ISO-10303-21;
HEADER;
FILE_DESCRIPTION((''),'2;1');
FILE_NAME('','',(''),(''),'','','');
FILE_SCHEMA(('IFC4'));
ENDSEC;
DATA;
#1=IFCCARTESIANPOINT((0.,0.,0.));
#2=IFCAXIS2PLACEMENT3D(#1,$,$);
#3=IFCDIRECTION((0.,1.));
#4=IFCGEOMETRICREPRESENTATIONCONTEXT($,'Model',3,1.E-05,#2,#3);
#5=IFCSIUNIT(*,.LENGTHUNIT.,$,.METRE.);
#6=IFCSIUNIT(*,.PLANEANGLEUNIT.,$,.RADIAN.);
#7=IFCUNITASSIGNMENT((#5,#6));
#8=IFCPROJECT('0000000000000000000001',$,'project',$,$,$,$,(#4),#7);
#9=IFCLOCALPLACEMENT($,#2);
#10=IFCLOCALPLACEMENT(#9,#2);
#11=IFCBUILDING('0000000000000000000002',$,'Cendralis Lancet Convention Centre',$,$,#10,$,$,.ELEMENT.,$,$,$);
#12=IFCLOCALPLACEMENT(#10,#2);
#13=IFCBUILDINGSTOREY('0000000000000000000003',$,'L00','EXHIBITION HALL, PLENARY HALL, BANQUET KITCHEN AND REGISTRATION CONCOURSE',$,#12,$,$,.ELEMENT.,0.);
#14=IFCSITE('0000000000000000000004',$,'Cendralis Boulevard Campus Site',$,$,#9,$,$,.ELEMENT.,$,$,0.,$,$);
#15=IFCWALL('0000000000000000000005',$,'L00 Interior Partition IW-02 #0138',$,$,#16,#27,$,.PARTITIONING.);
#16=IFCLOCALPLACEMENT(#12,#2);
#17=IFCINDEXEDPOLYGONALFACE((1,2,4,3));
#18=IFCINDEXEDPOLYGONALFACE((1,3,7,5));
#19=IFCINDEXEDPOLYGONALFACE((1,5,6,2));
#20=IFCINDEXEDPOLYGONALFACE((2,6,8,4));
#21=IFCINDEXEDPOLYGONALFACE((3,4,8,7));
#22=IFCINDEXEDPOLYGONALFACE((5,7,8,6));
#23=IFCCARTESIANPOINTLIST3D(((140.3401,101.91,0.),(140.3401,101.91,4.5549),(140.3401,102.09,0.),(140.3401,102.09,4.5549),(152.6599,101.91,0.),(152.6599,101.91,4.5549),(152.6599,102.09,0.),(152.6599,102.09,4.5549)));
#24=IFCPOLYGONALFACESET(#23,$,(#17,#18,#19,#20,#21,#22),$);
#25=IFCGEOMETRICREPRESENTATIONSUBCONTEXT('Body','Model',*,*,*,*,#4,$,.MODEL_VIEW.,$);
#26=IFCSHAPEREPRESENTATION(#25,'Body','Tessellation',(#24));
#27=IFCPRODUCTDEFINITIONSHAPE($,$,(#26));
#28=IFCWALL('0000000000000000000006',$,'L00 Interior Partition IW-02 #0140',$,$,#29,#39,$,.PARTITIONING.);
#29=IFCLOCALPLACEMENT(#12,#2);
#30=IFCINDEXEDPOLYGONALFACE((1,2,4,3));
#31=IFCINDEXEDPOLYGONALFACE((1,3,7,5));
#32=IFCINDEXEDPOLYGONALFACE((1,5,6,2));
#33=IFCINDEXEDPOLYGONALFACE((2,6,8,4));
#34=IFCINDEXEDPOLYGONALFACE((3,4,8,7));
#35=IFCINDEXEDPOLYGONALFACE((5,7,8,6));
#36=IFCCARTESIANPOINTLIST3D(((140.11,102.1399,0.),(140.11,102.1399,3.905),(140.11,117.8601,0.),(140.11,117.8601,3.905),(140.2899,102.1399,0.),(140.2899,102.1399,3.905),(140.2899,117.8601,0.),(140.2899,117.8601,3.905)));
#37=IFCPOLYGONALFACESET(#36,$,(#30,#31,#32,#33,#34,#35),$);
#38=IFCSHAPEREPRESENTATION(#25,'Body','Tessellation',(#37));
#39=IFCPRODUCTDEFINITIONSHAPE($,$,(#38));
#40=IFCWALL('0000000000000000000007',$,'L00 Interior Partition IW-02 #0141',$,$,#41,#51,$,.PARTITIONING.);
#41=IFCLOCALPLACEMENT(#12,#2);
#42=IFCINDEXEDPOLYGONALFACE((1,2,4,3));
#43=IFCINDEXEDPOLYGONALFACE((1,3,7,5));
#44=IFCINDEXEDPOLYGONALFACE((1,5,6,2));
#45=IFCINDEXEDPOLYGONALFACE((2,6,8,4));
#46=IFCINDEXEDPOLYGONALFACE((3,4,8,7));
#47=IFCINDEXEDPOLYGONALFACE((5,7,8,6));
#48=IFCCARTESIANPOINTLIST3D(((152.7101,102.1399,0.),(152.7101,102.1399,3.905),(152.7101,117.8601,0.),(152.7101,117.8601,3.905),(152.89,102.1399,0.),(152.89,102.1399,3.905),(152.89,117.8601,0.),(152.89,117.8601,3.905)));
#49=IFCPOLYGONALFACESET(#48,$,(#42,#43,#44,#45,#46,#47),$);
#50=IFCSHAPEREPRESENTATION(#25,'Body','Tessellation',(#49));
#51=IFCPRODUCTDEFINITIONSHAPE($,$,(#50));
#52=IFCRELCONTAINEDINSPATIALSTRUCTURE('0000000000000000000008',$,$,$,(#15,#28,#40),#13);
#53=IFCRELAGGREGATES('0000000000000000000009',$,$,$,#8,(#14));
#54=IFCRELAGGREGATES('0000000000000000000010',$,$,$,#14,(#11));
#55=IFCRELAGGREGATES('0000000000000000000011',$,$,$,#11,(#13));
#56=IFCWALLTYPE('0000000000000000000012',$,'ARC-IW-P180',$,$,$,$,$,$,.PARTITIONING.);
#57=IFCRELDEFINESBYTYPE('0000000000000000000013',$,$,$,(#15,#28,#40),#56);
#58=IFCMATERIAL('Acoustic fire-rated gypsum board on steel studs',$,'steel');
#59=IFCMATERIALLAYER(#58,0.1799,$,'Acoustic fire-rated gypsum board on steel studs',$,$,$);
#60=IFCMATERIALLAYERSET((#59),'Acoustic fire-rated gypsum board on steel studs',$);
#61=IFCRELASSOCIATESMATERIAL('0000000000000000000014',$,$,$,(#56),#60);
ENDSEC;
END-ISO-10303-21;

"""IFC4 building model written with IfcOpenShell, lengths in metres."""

from ifc_helpers import new_model, si_unit, direction, frame, frame_2d, origin, place, context, subcontext, project, spatial, rectangle, extrude, material, layer, layer_set, type_object, element, save


model = new_model("IFC4")

# Units and contexts
model_context = context("Model", 3, precision=1e-05, world=origin(), true_north=direction((0.0, 1.0)))
body_context = subcontext(model_context, "Body", "Model", "MODEL_VIEW")
ifc_project = project(units=[si_unit("LENGTHUNIT", "METRE"), si_unit("PLANEANGLEUNIT", "RADIAN")], contexts=[model_context])

# Site, building, storey
site_placement = place(None, origin())
site = spatial("IfcSite", under=ifc_project, at=site_placement, Name="Cendralis Boulevard Campus Site", CompositionType="ELEMENT", RefElevation=0.0)
building_placement = place(site_placement, origin())
building = spatial("IfcBuilding", under=site, at=building_placement, Name="Cendralis Lancet Convention Centre", CompositionType="ELEMENT")
storey_placement = place(building_placement, origin())
storey = spatial("IfcBuildingStorey", under=building, at=storey_placement, Name="L00", Description="EXHIBITION HALL, PLENARY HALL, BANQUET KITCHEN AND REGISTRATION CONCOURSE", CompositionType="ELEMENT", Elevation=0.0)

# Shared definitions
ifc_material_1 = material(Name="Acoustic fire-rated gypsum board on steel studs", Category="steel")

# Walls
ifc_layer_1 = layer(ifc_material_1, 0.1799, Name="Acoustic fire-rated gypsum board on steel studs")
ifc_layer_set_1 = layer_set([ifc_layer_1], Name="Acoustic fire-rated gypsum board on steel studs")
wall_type_1 = type_object("IfcWallType", Name="ARC-IW-P180", PredefinedType="PARTITIONING", material=ifc_layer_set_1)
wall_1_placement = place(storey_placement, frame((140.3401, 102.0, 0.0), z_axis=(0.0, 0.0, 1.0), x_axis=(1.0, 0.0, 0.0)))
element("IfcWall", 1, at=wall_1_placement, inside=storey, type_object=wall_type_1, Name="L00 Interior Partition IW-02 #0138", PredefinedType="PARTITIONING", context=body_context, shape_type="SweptSolid", body=[
    extrude(rectangle(XDim=12.3198, YDim=0.1799, at=frame_2d((6.1599, 0.0))), origin(), (0.0, 0.0, 1.0), 4.5549),
])
for number, where, z_axis, x_axis, name in (
    (2, (140.2, 102.1399, 0.0), (0.0, 0.0, 1.0), (0.0, 1.0, 0.0), "L00 Interior Partition IW-02 #0140"),
    (3, (152.8, 102.1399, 0.0), (0.0, 0.0, 1.0), (0.0, 1.0, 0.0), "L00 Interior Partition IW-02 #0141"),
):
    element("IfcWall", number, at=place(storey_placement, frame(where, z_axis=z_axis, x_axis=x_axis)), inside=storey, type_object=wall_type_1, Name=name, PredefinedType="PARTITIONING", context=body_context, shape_type="SweptSolid", body=[
        extrude(rectangle(XDim=15.7202, YDim=0.1799, at=frame_2d((7.8601, 0.0))), origin(), (0.0, 0.0, 1.0), 3.905),
    ])

save(model, "model.ifc")
